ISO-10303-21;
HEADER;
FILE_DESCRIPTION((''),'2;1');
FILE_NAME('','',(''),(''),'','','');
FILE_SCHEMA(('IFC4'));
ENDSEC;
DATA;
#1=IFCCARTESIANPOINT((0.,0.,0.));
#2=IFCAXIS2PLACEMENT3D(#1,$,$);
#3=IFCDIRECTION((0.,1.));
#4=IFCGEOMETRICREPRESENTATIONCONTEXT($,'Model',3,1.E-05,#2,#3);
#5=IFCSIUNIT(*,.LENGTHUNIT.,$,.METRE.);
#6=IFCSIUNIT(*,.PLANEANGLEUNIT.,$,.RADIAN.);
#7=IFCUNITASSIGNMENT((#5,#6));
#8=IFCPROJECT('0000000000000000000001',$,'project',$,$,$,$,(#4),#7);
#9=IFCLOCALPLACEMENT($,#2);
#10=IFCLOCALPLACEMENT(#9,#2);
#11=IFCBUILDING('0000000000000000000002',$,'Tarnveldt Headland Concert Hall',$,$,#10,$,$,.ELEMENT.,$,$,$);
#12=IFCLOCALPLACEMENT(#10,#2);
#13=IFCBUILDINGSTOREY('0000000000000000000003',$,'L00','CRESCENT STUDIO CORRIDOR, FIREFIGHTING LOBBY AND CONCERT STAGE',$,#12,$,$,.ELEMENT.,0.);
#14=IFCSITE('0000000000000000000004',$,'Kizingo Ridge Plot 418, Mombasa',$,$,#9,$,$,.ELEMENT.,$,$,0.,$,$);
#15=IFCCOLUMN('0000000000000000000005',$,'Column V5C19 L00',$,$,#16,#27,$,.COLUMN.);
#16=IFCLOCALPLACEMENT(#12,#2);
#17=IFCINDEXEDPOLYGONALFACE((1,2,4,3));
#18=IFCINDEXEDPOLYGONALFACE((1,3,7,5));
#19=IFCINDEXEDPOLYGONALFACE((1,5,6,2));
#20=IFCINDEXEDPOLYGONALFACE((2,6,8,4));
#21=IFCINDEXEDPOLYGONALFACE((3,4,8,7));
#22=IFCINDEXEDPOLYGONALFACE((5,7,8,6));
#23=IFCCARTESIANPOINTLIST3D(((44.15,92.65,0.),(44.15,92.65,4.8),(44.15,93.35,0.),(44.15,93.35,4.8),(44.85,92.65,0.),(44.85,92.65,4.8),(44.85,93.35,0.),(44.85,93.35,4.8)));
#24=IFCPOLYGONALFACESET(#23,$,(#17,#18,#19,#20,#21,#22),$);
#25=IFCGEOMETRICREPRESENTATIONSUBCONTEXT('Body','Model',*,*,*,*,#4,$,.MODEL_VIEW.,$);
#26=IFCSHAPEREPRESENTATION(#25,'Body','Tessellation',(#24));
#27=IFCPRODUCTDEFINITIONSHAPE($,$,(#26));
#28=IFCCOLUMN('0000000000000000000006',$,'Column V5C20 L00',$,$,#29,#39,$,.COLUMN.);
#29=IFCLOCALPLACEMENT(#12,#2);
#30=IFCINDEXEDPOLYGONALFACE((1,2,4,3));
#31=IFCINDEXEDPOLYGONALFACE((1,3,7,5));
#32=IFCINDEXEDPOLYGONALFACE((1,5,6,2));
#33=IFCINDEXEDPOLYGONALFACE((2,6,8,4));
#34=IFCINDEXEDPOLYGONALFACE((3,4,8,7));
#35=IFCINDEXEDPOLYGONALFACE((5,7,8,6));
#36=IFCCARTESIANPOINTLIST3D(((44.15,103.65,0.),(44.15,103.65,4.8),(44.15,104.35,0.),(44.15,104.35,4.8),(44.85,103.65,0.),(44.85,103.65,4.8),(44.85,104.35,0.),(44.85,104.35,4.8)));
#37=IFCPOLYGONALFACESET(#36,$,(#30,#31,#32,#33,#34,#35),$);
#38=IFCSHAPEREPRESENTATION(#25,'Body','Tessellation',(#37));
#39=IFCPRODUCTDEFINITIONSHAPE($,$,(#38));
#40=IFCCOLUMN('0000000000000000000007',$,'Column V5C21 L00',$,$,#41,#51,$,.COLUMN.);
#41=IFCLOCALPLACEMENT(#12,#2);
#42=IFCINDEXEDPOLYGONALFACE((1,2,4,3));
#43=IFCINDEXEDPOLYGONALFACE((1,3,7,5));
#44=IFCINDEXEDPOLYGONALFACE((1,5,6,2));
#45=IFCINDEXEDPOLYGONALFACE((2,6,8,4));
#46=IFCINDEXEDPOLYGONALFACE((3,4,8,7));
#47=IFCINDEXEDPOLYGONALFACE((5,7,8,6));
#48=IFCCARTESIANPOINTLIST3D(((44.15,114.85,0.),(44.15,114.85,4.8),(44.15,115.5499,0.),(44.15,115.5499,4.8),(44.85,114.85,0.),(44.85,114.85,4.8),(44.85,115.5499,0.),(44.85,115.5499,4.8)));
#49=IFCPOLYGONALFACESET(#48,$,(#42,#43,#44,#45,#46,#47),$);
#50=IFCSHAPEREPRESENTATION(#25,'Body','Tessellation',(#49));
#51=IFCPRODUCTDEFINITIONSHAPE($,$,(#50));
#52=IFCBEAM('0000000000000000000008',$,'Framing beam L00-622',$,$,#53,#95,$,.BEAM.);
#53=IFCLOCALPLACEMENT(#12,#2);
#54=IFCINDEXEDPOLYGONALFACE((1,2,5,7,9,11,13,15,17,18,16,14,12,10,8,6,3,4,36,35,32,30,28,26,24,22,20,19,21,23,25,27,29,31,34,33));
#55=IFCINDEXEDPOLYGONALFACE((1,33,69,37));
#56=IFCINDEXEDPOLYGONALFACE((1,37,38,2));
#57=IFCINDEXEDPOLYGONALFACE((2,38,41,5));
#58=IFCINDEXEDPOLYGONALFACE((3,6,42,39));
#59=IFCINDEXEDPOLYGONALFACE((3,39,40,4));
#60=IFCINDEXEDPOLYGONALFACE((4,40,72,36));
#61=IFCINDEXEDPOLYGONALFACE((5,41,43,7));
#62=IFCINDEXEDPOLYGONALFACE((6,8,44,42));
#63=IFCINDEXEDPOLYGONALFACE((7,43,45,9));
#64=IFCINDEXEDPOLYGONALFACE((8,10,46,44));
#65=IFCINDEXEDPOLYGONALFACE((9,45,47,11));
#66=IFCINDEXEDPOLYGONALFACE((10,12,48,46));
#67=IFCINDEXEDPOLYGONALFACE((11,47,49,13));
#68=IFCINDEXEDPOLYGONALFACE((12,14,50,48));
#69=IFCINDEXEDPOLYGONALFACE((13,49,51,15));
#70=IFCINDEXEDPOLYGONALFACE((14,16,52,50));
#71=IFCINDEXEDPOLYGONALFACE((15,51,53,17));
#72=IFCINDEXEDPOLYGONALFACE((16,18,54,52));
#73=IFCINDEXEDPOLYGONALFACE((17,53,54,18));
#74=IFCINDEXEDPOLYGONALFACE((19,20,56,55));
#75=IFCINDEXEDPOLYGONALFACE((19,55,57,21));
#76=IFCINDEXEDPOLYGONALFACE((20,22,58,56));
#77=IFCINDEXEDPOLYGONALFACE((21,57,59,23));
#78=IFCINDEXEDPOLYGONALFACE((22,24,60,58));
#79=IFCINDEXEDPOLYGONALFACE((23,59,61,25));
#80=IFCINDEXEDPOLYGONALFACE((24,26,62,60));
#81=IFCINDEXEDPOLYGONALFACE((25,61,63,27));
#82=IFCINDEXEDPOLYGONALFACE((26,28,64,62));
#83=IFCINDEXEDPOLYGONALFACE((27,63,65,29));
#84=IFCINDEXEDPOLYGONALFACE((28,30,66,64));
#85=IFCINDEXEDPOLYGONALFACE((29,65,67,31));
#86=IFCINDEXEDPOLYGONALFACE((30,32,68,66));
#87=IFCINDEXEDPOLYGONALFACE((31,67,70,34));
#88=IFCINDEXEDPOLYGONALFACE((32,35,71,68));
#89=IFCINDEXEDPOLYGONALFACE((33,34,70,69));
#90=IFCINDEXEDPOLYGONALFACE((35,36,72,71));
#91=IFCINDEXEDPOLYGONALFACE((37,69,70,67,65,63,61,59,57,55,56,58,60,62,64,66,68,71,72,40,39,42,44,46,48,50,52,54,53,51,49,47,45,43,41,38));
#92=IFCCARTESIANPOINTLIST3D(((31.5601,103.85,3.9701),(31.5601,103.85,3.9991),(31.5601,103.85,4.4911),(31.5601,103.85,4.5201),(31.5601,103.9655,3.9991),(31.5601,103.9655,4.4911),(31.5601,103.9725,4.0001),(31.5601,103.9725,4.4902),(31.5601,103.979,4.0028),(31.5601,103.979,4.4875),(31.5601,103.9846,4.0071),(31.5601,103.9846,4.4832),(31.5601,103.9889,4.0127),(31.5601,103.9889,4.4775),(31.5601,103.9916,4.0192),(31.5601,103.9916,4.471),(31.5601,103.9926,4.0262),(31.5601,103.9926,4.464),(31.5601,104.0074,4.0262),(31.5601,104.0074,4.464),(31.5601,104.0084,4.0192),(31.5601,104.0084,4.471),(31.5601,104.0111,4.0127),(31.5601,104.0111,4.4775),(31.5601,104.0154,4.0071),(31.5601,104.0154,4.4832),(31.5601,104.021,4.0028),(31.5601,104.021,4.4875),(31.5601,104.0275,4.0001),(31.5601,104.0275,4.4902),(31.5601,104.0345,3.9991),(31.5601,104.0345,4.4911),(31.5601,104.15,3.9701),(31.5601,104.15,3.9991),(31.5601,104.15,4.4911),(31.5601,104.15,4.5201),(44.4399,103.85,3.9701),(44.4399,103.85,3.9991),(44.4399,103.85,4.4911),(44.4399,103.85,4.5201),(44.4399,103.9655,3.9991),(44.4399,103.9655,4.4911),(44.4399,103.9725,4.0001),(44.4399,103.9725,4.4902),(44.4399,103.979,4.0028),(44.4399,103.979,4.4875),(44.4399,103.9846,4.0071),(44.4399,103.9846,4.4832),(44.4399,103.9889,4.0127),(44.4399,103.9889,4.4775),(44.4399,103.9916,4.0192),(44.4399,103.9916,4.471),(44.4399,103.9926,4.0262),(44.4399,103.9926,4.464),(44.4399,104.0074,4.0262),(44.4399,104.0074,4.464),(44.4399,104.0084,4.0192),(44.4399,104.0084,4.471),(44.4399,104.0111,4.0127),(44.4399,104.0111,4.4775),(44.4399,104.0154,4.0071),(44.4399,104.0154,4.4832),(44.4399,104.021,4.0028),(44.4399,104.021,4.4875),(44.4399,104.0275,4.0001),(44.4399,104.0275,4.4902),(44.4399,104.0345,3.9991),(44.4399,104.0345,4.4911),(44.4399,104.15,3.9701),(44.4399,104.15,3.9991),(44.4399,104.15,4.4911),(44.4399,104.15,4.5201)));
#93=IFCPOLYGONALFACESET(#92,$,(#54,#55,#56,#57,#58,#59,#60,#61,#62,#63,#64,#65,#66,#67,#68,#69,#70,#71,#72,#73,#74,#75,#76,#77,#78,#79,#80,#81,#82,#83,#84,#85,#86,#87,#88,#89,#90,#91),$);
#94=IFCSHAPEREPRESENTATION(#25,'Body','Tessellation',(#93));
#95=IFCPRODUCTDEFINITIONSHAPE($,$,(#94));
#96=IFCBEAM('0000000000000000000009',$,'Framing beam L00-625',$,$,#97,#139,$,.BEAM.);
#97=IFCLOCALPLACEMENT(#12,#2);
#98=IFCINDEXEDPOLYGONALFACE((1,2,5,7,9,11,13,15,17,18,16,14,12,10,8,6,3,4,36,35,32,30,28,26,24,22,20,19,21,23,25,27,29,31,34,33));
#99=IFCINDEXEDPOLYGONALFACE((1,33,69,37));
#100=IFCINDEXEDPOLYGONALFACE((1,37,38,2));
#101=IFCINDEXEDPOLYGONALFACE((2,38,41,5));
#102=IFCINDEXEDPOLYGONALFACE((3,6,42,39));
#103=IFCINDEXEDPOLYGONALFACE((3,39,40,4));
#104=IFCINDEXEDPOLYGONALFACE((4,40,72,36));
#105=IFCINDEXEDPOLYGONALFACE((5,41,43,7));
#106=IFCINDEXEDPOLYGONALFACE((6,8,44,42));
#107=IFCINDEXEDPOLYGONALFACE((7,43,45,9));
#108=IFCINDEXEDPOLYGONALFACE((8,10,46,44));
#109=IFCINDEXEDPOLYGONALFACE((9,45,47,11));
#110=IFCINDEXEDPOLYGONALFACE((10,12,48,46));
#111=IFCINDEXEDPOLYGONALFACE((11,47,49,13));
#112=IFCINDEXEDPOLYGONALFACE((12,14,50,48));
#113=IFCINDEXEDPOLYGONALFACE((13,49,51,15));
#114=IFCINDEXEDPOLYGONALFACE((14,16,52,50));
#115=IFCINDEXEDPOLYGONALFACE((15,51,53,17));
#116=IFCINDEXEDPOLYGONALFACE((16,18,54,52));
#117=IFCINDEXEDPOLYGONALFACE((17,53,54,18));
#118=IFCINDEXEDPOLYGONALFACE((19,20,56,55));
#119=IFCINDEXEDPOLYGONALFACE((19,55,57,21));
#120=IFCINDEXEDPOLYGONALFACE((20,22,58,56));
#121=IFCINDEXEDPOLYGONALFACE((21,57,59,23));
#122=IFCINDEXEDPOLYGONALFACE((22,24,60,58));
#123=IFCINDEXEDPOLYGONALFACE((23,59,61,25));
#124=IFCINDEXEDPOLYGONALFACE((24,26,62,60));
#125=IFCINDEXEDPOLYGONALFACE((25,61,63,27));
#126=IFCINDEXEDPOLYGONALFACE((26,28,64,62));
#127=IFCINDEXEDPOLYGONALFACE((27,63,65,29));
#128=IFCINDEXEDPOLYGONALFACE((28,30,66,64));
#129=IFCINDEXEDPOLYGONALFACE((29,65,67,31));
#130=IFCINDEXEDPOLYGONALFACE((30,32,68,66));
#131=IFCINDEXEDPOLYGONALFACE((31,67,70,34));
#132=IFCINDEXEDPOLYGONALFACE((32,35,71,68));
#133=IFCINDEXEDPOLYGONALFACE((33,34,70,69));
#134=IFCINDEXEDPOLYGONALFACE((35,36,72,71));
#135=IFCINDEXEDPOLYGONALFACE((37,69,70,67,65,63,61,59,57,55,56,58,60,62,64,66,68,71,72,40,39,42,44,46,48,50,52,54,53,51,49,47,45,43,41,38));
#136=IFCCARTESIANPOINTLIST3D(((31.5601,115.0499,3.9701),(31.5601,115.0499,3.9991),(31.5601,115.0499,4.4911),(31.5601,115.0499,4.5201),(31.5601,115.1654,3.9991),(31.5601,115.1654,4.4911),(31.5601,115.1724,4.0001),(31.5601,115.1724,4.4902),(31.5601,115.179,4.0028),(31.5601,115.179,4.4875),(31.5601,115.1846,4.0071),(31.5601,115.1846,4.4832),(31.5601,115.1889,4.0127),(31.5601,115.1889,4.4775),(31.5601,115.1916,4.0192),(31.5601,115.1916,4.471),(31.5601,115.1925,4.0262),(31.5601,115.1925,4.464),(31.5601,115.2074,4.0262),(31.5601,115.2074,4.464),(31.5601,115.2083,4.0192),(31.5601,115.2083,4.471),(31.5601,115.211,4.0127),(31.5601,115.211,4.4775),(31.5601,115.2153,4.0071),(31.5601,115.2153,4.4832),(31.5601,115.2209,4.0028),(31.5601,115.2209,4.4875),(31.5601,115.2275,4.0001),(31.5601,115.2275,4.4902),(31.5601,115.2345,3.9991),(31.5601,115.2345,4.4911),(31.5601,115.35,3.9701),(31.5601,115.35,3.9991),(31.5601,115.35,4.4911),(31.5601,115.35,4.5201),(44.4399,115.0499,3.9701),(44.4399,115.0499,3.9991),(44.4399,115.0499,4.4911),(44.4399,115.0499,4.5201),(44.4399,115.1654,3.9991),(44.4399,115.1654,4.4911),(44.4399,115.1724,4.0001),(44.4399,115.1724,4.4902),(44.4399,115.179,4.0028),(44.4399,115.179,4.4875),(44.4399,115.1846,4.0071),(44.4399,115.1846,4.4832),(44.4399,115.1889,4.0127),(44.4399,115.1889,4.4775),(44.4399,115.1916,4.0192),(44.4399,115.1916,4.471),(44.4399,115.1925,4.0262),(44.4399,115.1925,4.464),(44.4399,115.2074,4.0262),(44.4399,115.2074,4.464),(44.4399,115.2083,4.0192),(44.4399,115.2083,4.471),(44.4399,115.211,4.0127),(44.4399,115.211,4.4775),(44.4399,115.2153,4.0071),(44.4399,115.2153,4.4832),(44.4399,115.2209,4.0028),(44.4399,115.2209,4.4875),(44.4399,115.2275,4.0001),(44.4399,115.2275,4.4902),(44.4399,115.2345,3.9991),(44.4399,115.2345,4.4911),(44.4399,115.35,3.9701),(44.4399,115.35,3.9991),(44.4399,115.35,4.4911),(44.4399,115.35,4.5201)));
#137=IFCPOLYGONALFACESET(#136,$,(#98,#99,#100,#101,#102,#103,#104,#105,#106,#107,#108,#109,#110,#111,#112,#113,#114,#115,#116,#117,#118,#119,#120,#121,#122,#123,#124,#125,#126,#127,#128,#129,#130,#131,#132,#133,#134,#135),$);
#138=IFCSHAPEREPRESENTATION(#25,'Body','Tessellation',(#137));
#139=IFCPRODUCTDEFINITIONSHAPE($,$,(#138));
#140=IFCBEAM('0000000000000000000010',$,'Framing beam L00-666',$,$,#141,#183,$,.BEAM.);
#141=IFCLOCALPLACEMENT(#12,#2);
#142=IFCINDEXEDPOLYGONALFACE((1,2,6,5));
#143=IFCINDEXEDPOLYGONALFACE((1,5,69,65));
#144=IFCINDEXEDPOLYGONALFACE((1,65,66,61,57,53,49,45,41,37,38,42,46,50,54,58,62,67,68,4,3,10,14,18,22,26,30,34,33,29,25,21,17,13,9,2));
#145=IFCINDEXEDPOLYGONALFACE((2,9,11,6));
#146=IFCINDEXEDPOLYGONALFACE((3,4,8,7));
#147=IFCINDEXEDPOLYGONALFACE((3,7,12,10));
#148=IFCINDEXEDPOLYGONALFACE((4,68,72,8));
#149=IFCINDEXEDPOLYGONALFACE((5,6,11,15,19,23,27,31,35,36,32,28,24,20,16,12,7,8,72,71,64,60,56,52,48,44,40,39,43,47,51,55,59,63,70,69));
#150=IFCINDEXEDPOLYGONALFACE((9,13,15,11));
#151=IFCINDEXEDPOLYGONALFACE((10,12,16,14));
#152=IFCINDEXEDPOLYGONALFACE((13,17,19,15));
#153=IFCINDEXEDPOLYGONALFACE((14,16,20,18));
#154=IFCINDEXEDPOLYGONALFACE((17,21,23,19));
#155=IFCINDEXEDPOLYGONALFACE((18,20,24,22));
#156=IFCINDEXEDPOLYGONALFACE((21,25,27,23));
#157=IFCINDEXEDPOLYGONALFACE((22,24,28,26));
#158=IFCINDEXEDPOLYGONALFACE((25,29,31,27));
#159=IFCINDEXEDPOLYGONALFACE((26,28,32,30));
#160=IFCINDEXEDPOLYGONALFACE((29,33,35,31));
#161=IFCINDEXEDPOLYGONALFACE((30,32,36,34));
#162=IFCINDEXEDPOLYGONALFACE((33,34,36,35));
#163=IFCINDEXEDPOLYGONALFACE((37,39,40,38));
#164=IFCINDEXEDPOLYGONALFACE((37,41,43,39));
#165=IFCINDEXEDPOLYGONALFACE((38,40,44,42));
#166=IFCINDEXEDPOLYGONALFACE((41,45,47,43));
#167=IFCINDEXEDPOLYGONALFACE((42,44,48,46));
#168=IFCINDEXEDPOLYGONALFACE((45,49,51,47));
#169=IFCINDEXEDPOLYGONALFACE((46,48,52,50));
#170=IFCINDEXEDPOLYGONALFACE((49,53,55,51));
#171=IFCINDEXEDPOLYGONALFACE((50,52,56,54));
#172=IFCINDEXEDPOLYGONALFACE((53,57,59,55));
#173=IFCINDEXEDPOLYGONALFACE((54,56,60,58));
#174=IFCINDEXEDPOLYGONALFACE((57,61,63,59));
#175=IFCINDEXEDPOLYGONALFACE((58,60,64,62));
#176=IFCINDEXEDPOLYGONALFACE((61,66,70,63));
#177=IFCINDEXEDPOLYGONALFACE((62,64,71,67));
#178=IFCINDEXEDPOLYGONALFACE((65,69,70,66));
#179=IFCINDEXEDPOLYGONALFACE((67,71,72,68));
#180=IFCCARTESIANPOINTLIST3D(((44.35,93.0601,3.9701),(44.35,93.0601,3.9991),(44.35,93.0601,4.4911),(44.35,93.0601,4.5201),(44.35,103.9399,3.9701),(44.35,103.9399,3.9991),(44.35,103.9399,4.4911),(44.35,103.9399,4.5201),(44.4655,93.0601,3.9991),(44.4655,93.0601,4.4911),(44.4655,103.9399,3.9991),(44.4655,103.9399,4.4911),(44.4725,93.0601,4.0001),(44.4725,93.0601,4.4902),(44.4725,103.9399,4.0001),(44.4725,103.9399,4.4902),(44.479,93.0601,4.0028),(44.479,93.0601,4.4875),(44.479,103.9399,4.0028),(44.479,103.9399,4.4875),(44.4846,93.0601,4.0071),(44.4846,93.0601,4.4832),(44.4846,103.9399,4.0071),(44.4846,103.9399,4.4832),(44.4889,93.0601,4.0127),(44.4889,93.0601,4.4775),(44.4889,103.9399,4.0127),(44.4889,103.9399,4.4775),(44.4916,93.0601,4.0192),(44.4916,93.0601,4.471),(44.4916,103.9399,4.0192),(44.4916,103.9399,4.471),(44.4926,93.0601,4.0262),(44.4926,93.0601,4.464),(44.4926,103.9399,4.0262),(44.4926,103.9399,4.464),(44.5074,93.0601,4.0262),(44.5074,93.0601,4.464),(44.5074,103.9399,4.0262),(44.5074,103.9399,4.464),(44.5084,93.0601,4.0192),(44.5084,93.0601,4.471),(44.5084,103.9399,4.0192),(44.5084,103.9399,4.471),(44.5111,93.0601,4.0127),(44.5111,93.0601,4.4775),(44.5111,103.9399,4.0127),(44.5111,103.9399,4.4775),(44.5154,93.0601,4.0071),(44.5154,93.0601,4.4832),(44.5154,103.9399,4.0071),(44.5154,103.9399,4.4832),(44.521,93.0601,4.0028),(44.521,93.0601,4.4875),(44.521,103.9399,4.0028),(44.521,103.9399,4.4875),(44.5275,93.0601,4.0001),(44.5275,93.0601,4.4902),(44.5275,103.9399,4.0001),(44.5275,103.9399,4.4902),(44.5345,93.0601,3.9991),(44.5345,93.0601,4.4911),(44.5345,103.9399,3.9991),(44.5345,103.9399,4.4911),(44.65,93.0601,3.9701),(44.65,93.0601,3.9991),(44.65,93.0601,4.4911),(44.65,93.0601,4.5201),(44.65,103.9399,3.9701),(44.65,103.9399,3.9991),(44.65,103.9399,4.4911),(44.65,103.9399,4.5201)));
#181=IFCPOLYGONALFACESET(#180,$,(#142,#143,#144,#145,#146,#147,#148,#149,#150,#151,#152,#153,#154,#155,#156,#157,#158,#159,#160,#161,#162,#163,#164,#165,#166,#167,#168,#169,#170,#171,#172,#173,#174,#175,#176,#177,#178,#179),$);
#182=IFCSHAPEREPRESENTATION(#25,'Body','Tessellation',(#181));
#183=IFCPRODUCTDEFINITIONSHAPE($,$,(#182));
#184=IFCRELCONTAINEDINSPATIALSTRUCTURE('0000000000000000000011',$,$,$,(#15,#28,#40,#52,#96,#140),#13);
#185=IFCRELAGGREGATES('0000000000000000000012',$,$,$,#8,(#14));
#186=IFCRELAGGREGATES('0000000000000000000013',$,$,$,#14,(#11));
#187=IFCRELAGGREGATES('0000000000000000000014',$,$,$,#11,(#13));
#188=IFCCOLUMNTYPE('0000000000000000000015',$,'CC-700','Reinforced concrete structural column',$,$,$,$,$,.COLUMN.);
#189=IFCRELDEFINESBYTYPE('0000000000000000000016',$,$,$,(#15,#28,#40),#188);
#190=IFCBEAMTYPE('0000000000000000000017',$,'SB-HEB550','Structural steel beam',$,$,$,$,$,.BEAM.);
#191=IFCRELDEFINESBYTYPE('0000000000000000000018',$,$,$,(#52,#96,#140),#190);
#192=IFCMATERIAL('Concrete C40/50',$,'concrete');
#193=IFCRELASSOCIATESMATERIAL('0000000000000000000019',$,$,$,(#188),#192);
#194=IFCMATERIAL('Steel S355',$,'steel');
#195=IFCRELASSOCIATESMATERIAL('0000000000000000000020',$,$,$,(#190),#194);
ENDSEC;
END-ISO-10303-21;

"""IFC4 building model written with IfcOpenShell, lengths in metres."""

from ifc_helpers import new_model, si_unit, direction, frame, origin, origin_2d, place, context, subcontext, project, spatial, rectangle, i_section, extrude, material, material_profile, profile_set, type_object, element, save


model = new_model("IFC4")

# Units and contexts
model_context = context("Model", 3, precision=1e-05, world=origin(), true_north=direction((0.0, 1.0)))
body_context = subcontext(model_context, "Body", "Model", "MODEL_VIEW")
ifc_project = project(units=[si_unit("LENGTHUNIT", "METRE"), si_unit("PLANEANGLEUNIT", "RADIAN")], contexts=[model_context])

# Site, building, storey
site_placement = place(None, origin())
site = spatial("IfcSite", under=ifc_project, at=site_placement, Name="Kizingo Ridge Plot 418, Mombasa", CompositionType="ELEMENT", RefElevation=0.0)
building_placement = place(site_placement, origin())
building = spatial("IfcBuilding", under=site, at=building_placement, Name="Tarnveldt Headland Concert Hall", CompositionType="ELEMENT")
storey_placement = place(building_placement, origin())
storey = spatial("IfcBuildingStorey", under=building, at=storey_placement, Name="L00", Description="CRESCENT STUDIO CORRIDOR, FIREFIGHTING LOBBY AND CONCERT STAGE", CompositionType="ELEMENT", Elevation=0.0)

# Columns
ifc_material_1 = material(Name="Concrete C40/50", Category="concrete")
ifc_material_profile_1 = material_profile(ifc_material_1, rectangle(XDim=0.7, YDim=0.7, at=origin_2d()), Name="RC 700x700", Category="concrete")
ifc_profile_set_1 = profile_set([ifc_material_profile_1], Name="Concrete C40/50")
column_type = type_object("IfcColumnType", Name="CC-700", Description="Reinforced concrete structural column", PredefinedType="COLUMN", material=ifc_profile_set_1)
for number, where, z_axis, x_axis, name in (
    (1, (44.5, 93.0, 0.0), (0.0, 0.0, 1.0), (1.0, 0.0, 0.0), "Column V5C19 L00"),
    (2, (44.5, 104.0, 0.0), (0.0, 0.0, 1.0), (1.0, 0.0, 0.0), "Column V5C20 L00"),
    (3, (44.5, 115.2, 0.0), (0.0, 0.0, 1.0), (1.0, 0.0, 0.0), "Column V5C21 L00"),
):
    element("IfcColumn", number, at=place(storey_placement, frame(where, z_axis=z_axis, x_axis=x_axis)), inside=storey, type_object=column_type, Name=name, PredefinedType="COLUMN", context=body_context, shape_type="SweptSolid", body=[
        extrude(rectangle(XDim=0.7, YDim=0.7, at=origin_2d()), origin(), (0.0, 0.0, 1.0), 4.8),
    ])

# Beams
ifc_material_2 = material(Name="Steel S355", Category="steel")
ifc_material_profile_2 = material_profile(ifc_material_2, i_section(OverallWidth=0.3, OverallDepth=0.55, WebThickness=0.0149, FlangeThickness=0.0291, FilletRadius=0.0271, at=origin_2d()), Name="HEB550", Category="steel")
ifc_profile_set_2 = profile_set([ifc_material_profile_2], Name="Steel S355")
beam_type_1 = type_object("IfcBeamType", Name="SB-HEB550", Description="Structural steel beam", PredefinedType="BEAM", material=ifc_profile_set_2)
for number, where, z_axis, x_axis, name in (
    (4, (31.5601, 104.0, 4.2451), (1.0, 0.0, 0.0), (0.0, 1.0, 0.0), "Framing beam L00-622"),
    (5, (31.5601, 115.2, 4.2451), (1.0, 0.0, 0.0), (0.0, 1.0, 0.0), "Framing beam L00-625"),
):
    element("IfcBeam", number, at=place(storey_placement, frame(where, z_axis=z_axis, x_axis=x_axis)), inside=storey, type_object=beam_type_1, Name=name, PredefinedType="BEAM", context=body_context, shape_type="SweptSolid", body=[
        extrude(i_section(OverallWidth=0.3, OverallDepth=0.55, WebThickness=0.0149, FlangeThickness=0.0291, FilletRadius=0.0271, at=origin_2d()), origin(), (0.0, 0.0, 1.0), 12.8799),
    ])
beam_1_placement = place(storey_placement, frame((44.5, 93.0601, 4.2451), z_axis=(0.0, 1.0, 0.0), x_axis=(-1.0, 0.0, 0.0)))
element("IfcBeam", 6, at=beam_1_placement, inside=storey, type_object=beam_type_1, Name="Framing beam L00-666", PredefinedType="BEAM", context=body_context, shape_type="SweptSolid", body=[
    extrude(i_section(OverallWidth=0.3, OverallDepth=0.55, WebThickness=0.0149, FlangeThickness=0.0291, FilletRadius=0.0271, at=origin_2d()), origin(), (0.0, 0.0, 1.0), 10.8799),
])

save(model, "model.ifc")
